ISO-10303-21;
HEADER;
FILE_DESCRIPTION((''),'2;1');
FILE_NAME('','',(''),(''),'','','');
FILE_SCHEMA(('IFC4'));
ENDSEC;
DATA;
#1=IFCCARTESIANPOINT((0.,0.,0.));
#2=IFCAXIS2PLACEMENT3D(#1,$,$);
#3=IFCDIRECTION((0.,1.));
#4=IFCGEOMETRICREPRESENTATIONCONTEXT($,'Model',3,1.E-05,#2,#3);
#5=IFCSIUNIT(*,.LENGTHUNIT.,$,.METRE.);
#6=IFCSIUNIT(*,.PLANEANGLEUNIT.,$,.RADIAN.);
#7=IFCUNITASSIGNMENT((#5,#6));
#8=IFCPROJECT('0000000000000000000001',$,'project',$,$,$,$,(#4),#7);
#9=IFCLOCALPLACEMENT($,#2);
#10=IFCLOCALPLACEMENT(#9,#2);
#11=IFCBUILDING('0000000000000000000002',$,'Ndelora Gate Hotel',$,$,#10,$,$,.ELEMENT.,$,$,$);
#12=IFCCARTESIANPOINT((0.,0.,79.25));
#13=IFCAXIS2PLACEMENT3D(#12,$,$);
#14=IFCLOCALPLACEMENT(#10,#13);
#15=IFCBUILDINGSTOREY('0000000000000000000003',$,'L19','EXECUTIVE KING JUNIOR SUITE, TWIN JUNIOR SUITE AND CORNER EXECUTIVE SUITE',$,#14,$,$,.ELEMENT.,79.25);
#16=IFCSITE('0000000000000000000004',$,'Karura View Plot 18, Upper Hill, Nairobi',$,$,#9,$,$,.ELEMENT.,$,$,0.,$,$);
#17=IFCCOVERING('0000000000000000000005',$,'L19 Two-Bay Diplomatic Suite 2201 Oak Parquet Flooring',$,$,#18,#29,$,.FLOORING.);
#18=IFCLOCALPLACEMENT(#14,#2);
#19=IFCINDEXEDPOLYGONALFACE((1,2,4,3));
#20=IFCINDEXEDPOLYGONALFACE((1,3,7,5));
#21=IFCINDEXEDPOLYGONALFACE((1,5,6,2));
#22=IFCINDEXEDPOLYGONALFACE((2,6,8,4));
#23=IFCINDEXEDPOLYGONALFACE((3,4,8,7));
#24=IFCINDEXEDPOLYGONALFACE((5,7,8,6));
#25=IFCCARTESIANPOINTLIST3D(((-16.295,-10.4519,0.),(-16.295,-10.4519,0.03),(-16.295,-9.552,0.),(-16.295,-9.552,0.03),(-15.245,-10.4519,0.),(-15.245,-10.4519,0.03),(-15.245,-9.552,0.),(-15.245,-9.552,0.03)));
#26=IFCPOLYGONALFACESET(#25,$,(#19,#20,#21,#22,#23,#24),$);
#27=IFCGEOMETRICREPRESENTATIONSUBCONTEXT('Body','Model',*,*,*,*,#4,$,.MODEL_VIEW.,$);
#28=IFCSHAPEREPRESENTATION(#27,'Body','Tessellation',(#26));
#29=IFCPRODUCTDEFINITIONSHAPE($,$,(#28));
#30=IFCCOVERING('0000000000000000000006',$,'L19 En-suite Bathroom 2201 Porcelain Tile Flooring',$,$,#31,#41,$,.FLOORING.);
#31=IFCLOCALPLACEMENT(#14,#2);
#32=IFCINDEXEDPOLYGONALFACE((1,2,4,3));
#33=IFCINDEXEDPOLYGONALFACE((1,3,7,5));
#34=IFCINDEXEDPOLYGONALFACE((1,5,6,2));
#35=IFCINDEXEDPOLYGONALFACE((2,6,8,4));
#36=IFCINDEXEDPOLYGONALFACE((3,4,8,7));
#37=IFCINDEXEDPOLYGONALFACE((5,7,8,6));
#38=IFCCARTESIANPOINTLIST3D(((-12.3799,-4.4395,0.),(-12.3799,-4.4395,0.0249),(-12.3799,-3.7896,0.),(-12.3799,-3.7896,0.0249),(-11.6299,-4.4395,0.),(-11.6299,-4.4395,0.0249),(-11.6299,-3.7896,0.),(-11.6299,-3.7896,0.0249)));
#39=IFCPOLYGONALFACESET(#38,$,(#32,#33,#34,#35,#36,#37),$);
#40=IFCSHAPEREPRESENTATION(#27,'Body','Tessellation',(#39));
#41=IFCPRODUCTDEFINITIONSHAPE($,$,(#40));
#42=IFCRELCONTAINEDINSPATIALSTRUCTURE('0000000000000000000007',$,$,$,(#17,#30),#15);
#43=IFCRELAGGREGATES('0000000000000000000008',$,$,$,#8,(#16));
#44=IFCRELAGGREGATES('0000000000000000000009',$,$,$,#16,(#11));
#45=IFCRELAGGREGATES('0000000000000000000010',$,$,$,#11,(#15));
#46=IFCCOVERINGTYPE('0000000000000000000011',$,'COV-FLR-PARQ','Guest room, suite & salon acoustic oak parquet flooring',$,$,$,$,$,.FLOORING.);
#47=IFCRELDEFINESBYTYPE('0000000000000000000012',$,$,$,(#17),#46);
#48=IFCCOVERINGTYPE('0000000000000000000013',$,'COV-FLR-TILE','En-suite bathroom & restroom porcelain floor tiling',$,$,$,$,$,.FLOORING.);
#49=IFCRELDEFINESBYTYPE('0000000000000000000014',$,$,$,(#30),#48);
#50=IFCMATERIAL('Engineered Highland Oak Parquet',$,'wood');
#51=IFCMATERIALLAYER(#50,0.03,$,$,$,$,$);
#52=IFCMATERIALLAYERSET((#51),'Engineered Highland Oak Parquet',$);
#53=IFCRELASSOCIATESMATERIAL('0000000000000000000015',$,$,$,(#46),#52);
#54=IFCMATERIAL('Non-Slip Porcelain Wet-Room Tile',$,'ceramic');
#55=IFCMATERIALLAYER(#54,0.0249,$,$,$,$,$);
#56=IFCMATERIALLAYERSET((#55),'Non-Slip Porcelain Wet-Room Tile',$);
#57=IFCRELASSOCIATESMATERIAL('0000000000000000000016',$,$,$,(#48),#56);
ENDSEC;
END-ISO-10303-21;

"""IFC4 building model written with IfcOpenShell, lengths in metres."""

from ifc_helpers import new_model, si_unit, direction, frame, origin, origin_2d, place, context, subcontext, project, spatial, rectangle, extrude, material, layer, layer_set, type_object, element, save


model = new_model("IFC4")

# Units and contexts
model_context = context("Model", 3, precision=1e-05, world=origin(), true_north=direction((0.0, 1.0)))
body_context = subcontext(model_context, "Body", "Model", "MODEL_VIEW")
ifc_project = project(units=[si_unit("LENGTHUNIT", "METRE"), si_unit("PLANEANGLEUNIT", "RADIAN")], contexts=[model_context])

# Site, building, storey
site_placement = place(None, origin())
site = spatial("IfcSite", under=ifc_project, at=site_placement, Name="Karura View Plot 18, Upper Hill, Nairobi", CompositionType="ELEMENT", RefElevation=0.0)
building_placement = place(site_placement, origin())
building = spatial("IfcBuilding", under=site, at=building_placement, Name="Ndelora Gate Hotel", CompositionType="ELEMENT")
storey_placement = place(building_placement, frame((0.0, 0.0, 79.25)))
storey = spatial("IfcBuildingStorey", under=building, at=storey_placement, Name="L19", Description="EXECUTIVE KING JUNIOR SUITE, TWIN JUNIOR SUITE AND CORNER EXECUTIVE SUITE", CompositionType="ELEMENT", Elevation=79.25)

# Coverings
ifc_material_1 = material(Name="Engineered Highland Oak Parquet", Category="wood")
ifc_layer_1 = layer(ifc_material_1, 0.03)
ifc_layer_set_1 = layer_set([ifc_layer_1], Name="Engineered Highland Oak Parquet")
covering_type_1 = type_object("IfcCoveringType", Name="COV-FLR-PARQ", Description="Guest room, suite & salon acoustic oak parquet flooring", PredefinedType="FLOORING", material=ifc_layer_set_1)
covering_1_placement = place(storey_placement, frame((-15.77, -10.002, 0.0), z_axis=(0.0, 0.0, 1.0), x_axis=(1.0, 0.0, 0.0)))
element("IfcCovering", 1, at=covering_1_placement, inside=storey, type_object=covering_type_1, Name="L19 Two-Bay Diplomatic Suite 2201 Oak Parquet Flooring", PredefinedType="FLOORING", context=body_context, shape_type="SweptSolid", body=[
    extrude(rectangle(XDim=1.05, YDim=0.8999, at=origin_2d()), origin(), (0.0, 0.0, 1.0), 0.03),
])
ifc_material_2 = material(Name="Non-Slip Porcelain Wet-Room Tile", Category="ceramic")
ifc_layer_2 = layer(ifc_material_2, 0.0249)
ifc_layer_set_2 = layer_set([ifc_layer_2], Name="Non-Slip Porcelain Wet-Room Tile")
covering_type_2 = type_object("IfcCoveringType", Name="COV-FLR-TILE", Description="En-suite bathroom & restroom porcelain floor tiling", PredefinedType="FLOORING", material=ifc_layer_set_2)
covering_2_placement = place(storey_placement, frame((-12.0049, -4.1145, 0.0), z_axis=(0.0, 0.0, 1.0), x_axis=(1.0, 0.0, 0.0)))
element("IfcCovering", 2, at=covering_2_placement, inside=storey, type_object=covering_type_2, Name="L19 En-suite Bathroom 2201 Porcelain Tile Flooring", PredefinedType="FLOORING", context=body_context, shape_type="SweptSolid", body=[
    extrude(rectangle(XDim=0.75, YDim=0.6499, at=origin_2d()), origin(), (0.0, 0.0, 1.0), 0.0249),
])

save(model, "model.ifc")
